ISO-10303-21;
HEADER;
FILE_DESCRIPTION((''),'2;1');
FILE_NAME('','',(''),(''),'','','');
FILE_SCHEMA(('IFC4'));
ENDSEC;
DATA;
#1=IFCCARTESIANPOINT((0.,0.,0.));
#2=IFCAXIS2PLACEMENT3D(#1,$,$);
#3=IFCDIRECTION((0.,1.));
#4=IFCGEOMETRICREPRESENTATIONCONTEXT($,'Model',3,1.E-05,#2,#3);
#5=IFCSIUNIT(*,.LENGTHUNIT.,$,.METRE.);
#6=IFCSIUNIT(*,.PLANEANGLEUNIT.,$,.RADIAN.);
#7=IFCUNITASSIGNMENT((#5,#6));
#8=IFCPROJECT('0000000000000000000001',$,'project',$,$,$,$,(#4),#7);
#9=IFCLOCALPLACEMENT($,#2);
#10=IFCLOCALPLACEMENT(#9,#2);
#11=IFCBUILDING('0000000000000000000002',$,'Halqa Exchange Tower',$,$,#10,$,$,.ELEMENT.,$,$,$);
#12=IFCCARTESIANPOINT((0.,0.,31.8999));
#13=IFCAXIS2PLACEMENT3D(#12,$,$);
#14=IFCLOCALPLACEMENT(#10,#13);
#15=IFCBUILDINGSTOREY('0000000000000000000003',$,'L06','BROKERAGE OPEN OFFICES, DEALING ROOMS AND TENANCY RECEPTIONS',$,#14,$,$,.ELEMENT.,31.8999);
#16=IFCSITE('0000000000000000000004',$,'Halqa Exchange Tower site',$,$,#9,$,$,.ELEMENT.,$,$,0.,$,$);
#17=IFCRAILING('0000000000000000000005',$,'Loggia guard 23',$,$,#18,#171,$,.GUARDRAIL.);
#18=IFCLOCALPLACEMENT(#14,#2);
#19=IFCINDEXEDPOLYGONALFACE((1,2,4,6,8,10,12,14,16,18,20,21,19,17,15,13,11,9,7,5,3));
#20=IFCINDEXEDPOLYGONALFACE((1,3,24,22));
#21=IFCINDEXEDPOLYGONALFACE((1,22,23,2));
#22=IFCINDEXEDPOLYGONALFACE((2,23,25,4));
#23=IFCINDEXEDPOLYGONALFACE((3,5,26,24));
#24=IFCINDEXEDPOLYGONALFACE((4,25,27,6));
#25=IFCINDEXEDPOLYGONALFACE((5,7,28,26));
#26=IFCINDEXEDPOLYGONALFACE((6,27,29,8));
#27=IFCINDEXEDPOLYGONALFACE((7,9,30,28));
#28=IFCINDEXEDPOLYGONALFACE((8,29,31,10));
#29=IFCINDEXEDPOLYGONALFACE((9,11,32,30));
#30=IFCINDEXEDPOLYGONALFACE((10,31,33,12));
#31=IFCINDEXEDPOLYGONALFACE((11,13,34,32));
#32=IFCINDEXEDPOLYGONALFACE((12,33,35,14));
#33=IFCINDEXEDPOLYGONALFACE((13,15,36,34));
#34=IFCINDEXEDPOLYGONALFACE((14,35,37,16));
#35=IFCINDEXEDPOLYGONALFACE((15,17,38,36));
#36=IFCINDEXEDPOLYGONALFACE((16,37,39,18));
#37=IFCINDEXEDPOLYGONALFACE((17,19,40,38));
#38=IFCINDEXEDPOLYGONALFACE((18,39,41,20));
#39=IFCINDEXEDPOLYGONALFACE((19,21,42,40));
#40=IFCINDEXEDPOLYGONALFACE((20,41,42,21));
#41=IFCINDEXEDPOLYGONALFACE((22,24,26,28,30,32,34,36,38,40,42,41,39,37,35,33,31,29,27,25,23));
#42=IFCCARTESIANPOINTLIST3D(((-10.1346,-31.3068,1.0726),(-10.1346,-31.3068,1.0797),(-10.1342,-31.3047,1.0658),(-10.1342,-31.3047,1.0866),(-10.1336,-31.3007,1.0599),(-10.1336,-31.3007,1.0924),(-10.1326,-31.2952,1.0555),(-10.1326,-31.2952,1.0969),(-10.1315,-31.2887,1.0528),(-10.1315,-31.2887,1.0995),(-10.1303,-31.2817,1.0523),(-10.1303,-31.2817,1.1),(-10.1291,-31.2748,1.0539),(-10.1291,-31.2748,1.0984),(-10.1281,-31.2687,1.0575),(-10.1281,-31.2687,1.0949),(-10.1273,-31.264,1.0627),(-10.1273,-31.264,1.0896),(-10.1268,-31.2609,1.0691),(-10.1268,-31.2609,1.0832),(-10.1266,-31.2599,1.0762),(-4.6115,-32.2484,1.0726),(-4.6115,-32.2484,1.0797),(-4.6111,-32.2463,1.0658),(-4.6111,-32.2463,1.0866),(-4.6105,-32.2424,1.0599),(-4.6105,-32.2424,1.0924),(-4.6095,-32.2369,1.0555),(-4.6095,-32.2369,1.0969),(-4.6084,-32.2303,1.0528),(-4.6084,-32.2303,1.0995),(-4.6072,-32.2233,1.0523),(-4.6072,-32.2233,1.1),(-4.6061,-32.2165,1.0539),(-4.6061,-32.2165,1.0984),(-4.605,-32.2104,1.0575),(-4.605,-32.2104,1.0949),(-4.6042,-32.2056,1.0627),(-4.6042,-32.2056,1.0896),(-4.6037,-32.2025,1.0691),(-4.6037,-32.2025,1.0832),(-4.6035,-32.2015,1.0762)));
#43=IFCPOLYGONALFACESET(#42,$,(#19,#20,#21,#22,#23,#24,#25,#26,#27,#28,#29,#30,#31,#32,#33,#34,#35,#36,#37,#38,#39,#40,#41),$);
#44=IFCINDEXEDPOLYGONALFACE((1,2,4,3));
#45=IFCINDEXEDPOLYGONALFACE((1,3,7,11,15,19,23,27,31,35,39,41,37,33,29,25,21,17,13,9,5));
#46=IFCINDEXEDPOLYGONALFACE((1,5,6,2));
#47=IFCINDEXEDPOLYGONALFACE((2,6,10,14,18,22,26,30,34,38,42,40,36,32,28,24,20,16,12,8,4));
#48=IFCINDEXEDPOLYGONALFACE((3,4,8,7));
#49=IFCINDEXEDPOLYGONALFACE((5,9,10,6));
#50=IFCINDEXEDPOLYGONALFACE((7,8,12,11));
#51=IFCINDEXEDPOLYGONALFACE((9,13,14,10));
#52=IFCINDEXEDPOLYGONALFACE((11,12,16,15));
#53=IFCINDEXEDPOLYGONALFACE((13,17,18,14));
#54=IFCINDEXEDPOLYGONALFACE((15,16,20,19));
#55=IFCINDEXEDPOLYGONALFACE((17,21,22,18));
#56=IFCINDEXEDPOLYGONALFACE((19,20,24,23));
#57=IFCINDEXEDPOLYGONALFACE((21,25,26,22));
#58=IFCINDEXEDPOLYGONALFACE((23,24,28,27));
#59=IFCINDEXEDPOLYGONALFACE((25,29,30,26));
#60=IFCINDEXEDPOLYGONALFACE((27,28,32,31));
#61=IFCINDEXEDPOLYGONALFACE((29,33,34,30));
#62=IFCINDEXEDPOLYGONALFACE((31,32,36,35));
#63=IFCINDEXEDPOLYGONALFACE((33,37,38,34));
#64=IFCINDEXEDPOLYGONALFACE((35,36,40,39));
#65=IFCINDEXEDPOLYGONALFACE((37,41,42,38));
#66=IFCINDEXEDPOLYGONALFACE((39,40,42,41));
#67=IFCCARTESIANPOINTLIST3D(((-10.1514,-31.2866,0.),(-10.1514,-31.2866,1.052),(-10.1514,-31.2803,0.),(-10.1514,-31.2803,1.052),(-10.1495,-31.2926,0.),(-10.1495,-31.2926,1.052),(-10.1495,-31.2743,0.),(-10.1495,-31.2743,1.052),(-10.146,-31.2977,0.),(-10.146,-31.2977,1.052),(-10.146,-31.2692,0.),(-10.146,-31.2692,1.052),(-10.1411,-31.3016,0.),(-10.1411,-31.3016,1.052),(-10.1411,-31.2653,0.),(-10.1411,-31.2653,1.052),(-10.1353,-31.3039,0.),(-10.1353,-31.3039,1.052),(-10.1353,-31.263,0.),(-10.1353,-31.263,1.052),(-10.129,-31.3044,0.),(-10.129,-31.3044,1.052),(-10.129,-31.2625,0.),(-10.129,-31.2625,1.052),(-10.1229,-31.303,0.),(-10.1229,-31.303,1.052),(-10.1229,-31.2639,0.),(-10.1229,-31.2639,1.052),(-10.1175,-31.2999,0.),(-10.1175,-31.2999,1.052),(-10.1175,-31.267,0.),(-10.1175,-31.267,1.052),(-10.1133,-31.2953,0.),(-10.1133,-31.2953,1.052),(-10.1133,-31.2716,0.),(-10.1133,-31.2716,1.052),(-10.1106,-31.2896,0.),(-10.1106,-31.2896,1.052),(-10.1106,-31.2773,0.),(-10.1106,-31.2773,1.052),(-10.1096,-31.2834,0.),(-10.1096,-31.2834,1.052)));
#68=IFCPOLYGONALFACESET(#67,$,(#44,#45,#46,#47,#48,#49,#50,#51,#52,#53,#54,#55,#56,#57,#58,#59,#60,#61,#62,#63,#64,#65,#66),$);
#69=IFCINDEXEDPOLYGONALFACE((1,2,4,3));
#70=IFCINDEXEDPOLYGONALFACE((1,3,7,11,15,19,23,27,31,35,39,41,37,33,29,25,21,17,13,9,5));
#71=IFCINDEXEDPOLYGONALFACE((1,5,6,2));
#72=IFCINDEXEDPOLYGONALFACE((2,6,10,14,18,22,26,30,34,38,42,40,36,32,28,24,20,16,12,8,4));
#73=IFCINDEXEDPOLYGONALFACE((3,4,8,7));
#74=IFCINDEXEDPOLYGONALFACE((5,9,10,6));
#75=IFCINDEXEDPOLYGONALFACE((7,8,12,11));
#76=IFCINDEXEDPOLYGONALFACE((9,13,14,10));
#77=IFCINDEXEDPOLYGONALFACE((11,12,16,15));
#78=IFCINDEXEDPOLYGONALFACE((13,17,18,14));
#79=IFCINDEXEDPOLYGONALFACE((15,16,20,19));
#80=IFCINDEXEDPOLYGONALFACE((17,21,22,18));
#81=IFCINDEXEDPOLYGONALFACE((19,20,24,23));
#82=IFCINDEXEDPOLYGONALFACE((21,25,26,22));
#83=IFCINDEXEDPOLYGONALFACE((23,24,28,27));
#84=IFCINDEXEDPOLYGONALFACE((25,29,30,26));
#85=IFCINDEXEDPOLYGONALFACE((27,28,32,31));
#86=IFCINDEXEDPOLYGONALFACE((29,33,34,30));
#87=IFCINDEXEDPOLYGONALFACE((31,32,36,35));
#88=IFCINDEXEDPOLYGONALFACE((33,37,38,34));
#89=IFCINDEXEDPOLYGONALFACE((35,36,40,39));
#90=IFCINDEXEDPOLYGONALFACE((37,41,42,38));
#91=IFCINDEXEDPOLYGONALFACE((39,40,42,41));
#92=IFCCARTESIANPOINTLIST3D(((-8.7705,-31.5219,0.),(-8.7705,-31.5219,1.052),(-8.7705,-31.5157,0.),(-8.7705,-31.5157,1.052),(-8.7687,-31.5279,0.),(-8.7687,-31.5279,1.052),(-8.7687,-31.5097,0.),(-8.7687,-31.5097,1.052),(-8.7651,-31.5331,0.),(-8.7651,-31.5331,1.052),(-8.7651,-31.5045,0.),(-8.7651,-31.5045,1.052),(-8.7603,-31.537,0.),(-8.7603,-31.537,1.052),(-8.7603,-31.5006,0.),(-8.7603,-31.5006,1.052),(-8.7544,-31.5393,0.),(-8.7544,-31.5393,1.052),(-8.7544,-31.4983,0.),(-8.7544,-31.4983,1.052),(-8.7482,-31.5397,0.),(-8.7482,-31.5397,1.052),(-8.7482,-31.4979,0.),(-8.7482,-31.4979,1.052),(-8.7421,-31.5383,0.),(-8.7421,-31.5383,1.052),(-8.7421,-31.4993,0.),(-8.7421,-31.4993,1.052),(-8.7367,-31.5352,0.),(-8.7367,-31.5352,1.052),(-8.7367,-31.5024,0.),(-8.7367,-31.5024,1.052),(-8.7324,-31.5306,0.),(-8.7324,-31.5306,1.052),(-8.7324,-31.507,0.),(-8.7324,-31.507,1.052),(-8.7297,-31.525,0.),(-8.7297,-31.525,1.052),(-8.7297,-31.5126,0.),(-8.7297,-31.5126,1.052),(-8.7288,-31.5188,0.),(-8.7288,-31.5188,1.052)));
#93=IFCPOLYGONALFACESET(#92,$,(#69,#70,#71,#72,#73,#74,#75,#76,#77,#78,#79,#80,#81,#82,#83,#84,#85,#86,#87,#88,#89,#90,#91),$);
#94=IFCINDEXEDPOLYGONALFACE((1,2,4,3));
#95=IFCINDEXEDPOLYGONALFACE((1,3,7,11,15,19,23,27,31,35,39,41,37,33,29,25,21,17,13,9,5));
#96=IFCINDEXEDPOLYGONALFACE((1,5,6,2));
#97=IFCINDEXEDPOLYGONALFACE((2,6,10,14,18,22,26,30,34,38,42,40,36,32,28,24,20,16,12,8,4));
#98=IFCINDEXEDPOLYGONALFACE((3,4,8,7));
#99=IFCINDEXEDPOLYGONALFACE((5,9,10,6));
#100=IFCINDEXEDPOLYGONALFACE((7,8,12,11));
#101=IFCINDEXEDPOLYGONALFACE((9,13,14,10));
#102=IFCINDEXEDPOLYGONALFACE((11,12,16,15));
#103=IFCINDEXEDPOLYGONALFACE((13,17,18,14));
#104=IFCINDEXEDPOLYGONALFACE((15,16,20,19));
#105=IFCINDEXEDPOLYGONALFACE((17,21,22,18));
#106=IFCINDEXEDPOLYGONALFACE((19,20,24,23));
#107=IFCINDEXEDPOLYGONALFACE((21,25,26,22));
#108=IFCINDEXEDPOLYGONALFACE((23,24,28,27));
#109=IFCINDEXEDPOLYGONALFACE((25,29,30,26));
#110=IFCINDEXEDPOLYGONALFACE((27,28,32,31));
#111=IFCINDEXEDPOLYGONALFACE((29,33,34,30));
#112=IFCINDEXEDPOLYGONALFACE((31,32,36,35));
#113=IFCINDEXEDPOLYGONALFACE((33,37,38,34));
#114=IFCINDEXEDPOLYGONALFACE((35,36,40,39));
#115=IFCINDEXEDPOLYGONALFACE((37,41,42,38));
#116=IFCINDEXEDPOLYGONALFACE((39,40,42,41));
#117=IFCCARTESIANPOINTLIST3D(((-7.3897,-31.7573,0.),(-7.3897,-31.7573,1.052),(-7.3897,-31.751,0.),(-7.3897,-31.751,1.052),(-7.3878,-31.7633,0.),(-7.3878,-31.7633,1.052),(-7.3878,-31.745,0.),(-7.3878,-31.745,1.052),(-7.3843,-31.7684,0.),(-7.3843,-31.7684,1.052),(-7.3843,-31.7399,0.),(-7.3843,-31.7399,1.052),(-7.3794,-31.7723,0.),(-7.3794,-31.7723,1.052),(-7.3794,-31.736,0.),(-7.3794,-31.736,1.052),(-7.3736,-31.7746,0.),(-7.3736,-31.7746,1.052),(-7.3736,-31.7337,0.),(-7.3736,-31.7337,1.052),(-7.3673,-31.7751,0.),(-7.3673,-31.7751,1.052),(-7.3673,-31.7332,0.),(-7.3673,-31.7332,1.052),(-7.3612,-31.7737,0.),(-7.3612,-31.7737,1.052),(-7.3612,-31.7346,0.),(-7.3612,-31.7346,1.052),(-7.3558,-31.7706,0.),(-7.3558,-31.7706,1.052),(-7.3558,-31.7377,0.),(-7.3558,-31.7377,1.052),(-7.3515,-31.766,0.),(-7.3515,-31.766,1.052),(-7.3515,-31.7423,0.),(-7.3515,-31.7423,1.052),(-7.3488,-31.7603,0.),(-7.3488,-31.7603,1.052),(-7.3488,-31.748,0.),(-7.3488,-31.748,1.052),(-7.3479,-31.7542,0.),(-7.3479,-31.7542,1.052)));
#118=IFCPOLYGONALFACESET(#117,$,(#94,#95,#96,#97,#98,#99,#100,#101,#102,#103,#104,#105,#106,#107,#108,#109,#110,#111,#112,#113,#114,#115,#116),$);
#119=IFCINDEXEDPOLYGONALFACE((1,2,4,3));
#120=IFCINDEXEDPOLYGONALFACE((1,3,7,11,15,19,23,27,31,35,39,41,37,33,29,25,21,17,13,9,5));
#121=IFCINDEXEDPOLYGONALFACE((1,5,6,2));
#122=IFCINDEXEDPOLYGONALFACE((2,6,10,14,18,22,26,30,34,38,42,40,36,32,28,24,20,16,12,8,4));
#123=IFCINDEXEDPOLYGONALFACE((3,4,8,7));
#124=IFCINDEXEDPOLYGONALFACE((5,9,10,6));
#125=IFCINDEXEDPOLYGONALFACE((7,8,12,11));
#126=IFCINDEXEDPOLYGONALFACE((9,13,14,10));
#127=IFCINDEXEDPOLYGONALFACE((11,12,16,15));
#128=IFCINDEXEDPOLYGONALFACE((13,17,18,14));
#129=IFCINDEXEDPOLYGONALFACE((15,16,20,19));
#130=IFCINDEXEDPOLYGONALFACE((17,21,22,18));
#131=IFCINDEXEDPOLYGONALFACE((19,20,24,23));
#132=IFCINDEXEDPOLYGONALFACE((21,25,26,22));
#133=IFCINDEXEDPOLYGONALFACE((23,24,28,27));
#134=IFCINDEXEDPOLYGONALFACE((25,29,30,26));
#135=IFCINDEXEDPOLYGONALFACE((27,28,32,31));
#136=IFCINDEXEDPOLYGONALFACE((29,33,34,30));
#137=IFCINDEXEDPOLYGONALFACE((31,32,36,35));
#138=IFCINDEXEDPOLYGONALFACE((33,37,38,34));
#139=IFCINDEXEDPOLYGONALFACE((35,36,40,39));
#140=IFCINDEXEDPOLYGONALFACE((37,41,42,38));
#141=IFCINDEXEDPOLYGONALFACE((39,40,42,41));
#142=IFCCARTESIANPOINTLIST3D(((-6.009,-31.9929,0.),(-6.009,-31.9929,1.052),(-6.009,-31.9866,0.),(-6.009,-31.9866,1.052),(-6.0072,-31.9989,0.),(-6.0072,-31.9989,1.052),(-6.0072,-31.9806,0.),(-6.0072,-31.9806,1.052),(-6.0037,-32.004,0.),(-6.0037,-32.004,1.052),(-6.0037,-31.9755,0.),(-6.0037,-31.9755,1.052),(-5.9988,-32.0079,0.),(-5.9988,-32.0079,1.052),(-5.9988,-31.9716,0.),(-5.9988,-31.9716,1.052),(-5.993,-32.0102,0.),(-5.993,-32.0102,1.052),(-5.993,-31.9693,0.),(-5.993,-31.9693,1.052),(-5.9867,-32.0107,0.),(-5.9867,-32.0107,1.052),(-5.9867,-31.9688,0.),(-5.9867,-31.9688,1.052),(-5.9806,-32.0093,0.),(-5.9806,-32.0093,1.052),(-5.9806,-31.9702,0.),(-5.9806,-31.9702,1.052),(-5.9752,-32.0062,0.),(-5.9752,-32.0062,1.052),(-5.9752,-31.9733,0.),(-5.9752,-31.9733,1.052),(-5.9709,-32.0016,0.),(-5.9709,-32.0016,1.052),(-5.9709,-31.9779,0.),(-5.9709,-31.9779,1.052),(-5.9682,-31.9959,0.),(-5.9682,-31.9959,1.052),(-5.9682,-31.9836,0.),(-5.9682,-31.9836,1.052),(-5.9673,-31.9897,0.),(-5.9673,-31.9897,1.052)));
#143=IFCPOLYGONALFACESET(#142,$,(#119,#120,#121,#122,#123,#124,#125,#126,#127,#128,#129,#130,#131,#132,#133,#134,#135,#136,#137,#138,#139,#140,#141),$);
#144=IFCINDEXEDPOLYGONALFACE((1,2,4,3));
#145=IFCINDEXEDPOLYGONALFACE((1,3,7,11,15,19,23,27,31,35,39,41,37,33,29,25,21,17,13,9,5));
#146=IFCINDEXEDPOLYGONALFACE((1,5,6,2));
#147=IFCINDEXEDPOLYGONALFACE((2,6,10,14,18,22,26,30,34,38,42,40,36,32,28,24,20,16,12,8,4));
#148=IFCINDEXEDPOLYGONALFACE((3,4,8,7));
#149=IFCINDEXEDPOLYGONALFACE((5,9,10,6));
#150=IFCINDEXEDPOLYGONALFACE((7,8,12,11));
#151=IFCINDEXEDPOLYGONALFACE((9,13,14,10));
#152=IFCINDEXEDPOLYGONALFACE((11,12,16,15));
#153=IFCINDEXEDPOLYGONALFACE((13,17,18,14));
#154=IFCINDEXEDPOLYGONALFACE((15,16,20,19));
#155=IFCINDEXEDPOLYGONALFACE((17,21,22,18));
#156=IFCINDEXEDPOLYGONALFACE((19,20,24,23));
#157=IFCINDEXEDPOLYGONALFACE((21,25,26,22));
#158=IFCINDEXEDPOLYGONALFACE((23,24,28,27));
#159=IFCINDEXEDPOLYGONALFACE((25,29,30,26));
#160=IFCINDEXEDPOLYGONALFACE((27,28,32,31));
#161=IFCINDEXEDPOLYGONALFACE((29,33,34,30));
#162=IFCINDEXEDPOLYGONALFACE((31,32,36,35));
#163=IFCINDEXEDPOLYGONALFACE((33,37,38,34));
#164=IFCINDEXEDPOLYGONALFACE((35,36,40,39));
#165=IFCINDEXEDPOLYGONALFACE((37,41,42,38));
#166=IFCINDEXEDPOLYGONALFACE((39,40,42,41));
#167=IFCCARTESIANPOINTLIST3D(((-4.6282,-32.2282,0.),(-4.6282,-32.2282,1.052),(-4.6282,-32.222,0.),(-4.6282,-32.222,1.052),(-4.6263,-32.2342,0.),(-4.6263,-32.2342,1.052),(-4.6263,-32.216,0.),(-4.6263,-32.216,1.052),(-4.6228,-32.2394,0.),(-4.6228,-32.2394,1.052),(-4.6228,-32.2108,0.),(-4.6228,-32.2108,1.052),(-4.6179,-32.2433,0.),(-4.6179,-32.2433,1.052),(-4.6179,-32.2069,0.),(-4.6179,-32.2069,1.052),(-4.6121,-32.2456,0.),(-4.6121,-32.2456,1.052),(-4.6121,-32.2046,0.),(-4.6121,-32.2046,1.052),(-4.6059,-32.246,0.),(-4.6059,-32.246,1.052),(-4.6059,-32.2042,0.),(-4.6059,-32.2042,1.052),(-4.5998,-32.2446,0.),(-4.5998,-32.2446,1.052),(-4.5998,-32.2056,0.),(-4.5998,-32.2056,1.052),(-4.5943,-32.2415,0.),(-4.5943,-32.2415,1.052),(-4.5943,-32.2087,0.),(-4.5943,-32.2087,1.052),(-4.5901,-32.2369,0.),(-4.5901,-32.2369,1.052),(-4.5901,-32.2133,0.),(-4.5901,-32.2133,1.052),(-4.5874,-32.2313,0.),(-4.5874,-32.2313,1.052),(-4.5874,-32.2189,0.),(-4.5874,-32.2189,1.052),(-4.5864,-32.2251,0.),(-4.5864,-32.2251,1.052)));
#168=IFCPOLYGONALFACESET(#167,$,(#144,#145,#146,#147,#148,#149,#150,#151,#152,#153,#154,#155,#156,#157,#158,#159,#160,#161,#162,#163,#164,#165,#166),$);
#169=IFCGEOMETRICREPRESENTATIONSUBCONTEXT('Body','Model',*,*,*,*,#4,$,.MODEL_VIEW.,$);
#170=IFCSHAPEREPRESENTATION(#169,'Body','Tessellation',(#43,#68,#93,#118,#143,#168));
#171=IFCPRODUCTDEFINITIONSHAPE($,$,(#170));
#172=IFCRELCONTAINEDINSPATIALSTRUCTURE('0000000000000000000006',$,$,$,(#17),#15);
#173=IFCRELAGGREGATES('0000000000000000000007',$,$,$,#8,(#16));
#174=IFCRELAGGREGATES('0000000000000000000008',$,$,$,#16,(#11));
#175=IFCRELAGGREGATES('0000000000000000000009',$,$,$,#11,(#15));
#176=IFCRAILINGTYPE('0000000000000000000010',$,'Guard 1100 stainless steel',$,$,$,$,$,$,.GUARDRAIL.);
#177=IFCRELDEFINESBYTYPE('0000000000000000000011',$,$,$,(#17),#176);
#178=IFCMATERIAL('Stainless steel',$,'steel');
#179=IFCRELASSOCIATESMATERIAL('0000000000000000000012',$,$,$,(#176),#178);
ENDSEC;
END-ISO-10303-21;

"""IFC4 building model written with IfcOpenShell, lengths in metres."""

from ifc_helpers import new_model, si_unit, direction, frame, origin, origin_2d, place, context, subcontext, project, spatial, circle, extrude, material, type_object, element, save


model = new_model("IFC4")

# Units and contexts
model_context = context("Model", 3, precision=1e-05, world=origin(), true_north=direction((0.0, 1.0)))
body_context = subcontext(model_context, "Body", "Model", "MODEL_VIEW")
ifc_project = project(units=[si_unit("LENGTHUNIT", "METRE"), si_unit("PLANEANGLEUNIT", "RADIAN")], contexts=[model_context])

# Site, building, storey
site_placement = place(None, origin())
site = spatial("IfcSite", under=ifc_project, at=site_placement, Name="Halqa Exchange Tower site", CompositionType="ELEMENT", RefElevation=0.0)
building_placement = place(site_placement, origin())
building = spatial("IfcBuilding", under=site, at=building_placement, Name="Halqa Exchange Tower", CompositionType="ELEMENT")
storey_placement = place(building_placement, frame((0.0, 0.0, 31.8999)))
storey = spatial("IfcBuildingStorey", under=building, at=storey_placement, Name="L06", Description="BROKERAGE OPEN OFFICES, DEALING ROOMS AND TENANCY RECEPTIONS", CompositionType="ELEMENT", Elevation=31.8999)

# Railing
ifc_material_1 = material(Name="Stainless steel", Category="steel")
railing_type = type_object("IfcRailingType", Name="Guard 1100 stainless steel", PredefinedType="GUARDRAIL", material=ifc_material_1)
railing_1_placement = place(storey_placement, frame((-10.1306, -31.2834, 0.0)))
element("IfcRailing", 1, at=railing_1_placement, inside=storey, type_object=railing_type, Name="Loggia guard 23", PredefinedType="GUARDRAIL", context=body_context, shape_type="SweptSolid", body=[
    extrude(circle(Radius=0.0239, at=origin_2d()), frame((0.0, 0.0, 1.0762), z_axis=(0.985776, -0.168065, 0.0), x_axis=(0.168065, 0.985776, 0.0)), (0.0, 0.0, 1.0), 5.6028),
    extrude(circle(Radius=0.021, at=origin_2d()), origin(), (0.0, 0.0, 1.0), 1.052),
    extrude(circle(Radius=0.021, at=origin_2d()), frame((1.3809, -0.2354, 0.0)), (0.0, 0.0, 1.0), 1.052),
    extrude(circle(Radius=0.021, at=origin_2d()), frame((2.7617, -0.4707, 0.0)), (0.0, 0.0, 1.0), 1.052),
    extrude(circle(Radius=0.021, at=origin_2d()), frame((4.1423, -0.7063, 0.0)), (0.0, 0.0, 1.0), 1.052),
    extrude(circle(Radius=0.021, at=origin_2d()), frame((5.5232, -0.9417, 0.0)), (0.0, 0.0, 1.0), 1.052),
])

save(model, "model.ifc")
